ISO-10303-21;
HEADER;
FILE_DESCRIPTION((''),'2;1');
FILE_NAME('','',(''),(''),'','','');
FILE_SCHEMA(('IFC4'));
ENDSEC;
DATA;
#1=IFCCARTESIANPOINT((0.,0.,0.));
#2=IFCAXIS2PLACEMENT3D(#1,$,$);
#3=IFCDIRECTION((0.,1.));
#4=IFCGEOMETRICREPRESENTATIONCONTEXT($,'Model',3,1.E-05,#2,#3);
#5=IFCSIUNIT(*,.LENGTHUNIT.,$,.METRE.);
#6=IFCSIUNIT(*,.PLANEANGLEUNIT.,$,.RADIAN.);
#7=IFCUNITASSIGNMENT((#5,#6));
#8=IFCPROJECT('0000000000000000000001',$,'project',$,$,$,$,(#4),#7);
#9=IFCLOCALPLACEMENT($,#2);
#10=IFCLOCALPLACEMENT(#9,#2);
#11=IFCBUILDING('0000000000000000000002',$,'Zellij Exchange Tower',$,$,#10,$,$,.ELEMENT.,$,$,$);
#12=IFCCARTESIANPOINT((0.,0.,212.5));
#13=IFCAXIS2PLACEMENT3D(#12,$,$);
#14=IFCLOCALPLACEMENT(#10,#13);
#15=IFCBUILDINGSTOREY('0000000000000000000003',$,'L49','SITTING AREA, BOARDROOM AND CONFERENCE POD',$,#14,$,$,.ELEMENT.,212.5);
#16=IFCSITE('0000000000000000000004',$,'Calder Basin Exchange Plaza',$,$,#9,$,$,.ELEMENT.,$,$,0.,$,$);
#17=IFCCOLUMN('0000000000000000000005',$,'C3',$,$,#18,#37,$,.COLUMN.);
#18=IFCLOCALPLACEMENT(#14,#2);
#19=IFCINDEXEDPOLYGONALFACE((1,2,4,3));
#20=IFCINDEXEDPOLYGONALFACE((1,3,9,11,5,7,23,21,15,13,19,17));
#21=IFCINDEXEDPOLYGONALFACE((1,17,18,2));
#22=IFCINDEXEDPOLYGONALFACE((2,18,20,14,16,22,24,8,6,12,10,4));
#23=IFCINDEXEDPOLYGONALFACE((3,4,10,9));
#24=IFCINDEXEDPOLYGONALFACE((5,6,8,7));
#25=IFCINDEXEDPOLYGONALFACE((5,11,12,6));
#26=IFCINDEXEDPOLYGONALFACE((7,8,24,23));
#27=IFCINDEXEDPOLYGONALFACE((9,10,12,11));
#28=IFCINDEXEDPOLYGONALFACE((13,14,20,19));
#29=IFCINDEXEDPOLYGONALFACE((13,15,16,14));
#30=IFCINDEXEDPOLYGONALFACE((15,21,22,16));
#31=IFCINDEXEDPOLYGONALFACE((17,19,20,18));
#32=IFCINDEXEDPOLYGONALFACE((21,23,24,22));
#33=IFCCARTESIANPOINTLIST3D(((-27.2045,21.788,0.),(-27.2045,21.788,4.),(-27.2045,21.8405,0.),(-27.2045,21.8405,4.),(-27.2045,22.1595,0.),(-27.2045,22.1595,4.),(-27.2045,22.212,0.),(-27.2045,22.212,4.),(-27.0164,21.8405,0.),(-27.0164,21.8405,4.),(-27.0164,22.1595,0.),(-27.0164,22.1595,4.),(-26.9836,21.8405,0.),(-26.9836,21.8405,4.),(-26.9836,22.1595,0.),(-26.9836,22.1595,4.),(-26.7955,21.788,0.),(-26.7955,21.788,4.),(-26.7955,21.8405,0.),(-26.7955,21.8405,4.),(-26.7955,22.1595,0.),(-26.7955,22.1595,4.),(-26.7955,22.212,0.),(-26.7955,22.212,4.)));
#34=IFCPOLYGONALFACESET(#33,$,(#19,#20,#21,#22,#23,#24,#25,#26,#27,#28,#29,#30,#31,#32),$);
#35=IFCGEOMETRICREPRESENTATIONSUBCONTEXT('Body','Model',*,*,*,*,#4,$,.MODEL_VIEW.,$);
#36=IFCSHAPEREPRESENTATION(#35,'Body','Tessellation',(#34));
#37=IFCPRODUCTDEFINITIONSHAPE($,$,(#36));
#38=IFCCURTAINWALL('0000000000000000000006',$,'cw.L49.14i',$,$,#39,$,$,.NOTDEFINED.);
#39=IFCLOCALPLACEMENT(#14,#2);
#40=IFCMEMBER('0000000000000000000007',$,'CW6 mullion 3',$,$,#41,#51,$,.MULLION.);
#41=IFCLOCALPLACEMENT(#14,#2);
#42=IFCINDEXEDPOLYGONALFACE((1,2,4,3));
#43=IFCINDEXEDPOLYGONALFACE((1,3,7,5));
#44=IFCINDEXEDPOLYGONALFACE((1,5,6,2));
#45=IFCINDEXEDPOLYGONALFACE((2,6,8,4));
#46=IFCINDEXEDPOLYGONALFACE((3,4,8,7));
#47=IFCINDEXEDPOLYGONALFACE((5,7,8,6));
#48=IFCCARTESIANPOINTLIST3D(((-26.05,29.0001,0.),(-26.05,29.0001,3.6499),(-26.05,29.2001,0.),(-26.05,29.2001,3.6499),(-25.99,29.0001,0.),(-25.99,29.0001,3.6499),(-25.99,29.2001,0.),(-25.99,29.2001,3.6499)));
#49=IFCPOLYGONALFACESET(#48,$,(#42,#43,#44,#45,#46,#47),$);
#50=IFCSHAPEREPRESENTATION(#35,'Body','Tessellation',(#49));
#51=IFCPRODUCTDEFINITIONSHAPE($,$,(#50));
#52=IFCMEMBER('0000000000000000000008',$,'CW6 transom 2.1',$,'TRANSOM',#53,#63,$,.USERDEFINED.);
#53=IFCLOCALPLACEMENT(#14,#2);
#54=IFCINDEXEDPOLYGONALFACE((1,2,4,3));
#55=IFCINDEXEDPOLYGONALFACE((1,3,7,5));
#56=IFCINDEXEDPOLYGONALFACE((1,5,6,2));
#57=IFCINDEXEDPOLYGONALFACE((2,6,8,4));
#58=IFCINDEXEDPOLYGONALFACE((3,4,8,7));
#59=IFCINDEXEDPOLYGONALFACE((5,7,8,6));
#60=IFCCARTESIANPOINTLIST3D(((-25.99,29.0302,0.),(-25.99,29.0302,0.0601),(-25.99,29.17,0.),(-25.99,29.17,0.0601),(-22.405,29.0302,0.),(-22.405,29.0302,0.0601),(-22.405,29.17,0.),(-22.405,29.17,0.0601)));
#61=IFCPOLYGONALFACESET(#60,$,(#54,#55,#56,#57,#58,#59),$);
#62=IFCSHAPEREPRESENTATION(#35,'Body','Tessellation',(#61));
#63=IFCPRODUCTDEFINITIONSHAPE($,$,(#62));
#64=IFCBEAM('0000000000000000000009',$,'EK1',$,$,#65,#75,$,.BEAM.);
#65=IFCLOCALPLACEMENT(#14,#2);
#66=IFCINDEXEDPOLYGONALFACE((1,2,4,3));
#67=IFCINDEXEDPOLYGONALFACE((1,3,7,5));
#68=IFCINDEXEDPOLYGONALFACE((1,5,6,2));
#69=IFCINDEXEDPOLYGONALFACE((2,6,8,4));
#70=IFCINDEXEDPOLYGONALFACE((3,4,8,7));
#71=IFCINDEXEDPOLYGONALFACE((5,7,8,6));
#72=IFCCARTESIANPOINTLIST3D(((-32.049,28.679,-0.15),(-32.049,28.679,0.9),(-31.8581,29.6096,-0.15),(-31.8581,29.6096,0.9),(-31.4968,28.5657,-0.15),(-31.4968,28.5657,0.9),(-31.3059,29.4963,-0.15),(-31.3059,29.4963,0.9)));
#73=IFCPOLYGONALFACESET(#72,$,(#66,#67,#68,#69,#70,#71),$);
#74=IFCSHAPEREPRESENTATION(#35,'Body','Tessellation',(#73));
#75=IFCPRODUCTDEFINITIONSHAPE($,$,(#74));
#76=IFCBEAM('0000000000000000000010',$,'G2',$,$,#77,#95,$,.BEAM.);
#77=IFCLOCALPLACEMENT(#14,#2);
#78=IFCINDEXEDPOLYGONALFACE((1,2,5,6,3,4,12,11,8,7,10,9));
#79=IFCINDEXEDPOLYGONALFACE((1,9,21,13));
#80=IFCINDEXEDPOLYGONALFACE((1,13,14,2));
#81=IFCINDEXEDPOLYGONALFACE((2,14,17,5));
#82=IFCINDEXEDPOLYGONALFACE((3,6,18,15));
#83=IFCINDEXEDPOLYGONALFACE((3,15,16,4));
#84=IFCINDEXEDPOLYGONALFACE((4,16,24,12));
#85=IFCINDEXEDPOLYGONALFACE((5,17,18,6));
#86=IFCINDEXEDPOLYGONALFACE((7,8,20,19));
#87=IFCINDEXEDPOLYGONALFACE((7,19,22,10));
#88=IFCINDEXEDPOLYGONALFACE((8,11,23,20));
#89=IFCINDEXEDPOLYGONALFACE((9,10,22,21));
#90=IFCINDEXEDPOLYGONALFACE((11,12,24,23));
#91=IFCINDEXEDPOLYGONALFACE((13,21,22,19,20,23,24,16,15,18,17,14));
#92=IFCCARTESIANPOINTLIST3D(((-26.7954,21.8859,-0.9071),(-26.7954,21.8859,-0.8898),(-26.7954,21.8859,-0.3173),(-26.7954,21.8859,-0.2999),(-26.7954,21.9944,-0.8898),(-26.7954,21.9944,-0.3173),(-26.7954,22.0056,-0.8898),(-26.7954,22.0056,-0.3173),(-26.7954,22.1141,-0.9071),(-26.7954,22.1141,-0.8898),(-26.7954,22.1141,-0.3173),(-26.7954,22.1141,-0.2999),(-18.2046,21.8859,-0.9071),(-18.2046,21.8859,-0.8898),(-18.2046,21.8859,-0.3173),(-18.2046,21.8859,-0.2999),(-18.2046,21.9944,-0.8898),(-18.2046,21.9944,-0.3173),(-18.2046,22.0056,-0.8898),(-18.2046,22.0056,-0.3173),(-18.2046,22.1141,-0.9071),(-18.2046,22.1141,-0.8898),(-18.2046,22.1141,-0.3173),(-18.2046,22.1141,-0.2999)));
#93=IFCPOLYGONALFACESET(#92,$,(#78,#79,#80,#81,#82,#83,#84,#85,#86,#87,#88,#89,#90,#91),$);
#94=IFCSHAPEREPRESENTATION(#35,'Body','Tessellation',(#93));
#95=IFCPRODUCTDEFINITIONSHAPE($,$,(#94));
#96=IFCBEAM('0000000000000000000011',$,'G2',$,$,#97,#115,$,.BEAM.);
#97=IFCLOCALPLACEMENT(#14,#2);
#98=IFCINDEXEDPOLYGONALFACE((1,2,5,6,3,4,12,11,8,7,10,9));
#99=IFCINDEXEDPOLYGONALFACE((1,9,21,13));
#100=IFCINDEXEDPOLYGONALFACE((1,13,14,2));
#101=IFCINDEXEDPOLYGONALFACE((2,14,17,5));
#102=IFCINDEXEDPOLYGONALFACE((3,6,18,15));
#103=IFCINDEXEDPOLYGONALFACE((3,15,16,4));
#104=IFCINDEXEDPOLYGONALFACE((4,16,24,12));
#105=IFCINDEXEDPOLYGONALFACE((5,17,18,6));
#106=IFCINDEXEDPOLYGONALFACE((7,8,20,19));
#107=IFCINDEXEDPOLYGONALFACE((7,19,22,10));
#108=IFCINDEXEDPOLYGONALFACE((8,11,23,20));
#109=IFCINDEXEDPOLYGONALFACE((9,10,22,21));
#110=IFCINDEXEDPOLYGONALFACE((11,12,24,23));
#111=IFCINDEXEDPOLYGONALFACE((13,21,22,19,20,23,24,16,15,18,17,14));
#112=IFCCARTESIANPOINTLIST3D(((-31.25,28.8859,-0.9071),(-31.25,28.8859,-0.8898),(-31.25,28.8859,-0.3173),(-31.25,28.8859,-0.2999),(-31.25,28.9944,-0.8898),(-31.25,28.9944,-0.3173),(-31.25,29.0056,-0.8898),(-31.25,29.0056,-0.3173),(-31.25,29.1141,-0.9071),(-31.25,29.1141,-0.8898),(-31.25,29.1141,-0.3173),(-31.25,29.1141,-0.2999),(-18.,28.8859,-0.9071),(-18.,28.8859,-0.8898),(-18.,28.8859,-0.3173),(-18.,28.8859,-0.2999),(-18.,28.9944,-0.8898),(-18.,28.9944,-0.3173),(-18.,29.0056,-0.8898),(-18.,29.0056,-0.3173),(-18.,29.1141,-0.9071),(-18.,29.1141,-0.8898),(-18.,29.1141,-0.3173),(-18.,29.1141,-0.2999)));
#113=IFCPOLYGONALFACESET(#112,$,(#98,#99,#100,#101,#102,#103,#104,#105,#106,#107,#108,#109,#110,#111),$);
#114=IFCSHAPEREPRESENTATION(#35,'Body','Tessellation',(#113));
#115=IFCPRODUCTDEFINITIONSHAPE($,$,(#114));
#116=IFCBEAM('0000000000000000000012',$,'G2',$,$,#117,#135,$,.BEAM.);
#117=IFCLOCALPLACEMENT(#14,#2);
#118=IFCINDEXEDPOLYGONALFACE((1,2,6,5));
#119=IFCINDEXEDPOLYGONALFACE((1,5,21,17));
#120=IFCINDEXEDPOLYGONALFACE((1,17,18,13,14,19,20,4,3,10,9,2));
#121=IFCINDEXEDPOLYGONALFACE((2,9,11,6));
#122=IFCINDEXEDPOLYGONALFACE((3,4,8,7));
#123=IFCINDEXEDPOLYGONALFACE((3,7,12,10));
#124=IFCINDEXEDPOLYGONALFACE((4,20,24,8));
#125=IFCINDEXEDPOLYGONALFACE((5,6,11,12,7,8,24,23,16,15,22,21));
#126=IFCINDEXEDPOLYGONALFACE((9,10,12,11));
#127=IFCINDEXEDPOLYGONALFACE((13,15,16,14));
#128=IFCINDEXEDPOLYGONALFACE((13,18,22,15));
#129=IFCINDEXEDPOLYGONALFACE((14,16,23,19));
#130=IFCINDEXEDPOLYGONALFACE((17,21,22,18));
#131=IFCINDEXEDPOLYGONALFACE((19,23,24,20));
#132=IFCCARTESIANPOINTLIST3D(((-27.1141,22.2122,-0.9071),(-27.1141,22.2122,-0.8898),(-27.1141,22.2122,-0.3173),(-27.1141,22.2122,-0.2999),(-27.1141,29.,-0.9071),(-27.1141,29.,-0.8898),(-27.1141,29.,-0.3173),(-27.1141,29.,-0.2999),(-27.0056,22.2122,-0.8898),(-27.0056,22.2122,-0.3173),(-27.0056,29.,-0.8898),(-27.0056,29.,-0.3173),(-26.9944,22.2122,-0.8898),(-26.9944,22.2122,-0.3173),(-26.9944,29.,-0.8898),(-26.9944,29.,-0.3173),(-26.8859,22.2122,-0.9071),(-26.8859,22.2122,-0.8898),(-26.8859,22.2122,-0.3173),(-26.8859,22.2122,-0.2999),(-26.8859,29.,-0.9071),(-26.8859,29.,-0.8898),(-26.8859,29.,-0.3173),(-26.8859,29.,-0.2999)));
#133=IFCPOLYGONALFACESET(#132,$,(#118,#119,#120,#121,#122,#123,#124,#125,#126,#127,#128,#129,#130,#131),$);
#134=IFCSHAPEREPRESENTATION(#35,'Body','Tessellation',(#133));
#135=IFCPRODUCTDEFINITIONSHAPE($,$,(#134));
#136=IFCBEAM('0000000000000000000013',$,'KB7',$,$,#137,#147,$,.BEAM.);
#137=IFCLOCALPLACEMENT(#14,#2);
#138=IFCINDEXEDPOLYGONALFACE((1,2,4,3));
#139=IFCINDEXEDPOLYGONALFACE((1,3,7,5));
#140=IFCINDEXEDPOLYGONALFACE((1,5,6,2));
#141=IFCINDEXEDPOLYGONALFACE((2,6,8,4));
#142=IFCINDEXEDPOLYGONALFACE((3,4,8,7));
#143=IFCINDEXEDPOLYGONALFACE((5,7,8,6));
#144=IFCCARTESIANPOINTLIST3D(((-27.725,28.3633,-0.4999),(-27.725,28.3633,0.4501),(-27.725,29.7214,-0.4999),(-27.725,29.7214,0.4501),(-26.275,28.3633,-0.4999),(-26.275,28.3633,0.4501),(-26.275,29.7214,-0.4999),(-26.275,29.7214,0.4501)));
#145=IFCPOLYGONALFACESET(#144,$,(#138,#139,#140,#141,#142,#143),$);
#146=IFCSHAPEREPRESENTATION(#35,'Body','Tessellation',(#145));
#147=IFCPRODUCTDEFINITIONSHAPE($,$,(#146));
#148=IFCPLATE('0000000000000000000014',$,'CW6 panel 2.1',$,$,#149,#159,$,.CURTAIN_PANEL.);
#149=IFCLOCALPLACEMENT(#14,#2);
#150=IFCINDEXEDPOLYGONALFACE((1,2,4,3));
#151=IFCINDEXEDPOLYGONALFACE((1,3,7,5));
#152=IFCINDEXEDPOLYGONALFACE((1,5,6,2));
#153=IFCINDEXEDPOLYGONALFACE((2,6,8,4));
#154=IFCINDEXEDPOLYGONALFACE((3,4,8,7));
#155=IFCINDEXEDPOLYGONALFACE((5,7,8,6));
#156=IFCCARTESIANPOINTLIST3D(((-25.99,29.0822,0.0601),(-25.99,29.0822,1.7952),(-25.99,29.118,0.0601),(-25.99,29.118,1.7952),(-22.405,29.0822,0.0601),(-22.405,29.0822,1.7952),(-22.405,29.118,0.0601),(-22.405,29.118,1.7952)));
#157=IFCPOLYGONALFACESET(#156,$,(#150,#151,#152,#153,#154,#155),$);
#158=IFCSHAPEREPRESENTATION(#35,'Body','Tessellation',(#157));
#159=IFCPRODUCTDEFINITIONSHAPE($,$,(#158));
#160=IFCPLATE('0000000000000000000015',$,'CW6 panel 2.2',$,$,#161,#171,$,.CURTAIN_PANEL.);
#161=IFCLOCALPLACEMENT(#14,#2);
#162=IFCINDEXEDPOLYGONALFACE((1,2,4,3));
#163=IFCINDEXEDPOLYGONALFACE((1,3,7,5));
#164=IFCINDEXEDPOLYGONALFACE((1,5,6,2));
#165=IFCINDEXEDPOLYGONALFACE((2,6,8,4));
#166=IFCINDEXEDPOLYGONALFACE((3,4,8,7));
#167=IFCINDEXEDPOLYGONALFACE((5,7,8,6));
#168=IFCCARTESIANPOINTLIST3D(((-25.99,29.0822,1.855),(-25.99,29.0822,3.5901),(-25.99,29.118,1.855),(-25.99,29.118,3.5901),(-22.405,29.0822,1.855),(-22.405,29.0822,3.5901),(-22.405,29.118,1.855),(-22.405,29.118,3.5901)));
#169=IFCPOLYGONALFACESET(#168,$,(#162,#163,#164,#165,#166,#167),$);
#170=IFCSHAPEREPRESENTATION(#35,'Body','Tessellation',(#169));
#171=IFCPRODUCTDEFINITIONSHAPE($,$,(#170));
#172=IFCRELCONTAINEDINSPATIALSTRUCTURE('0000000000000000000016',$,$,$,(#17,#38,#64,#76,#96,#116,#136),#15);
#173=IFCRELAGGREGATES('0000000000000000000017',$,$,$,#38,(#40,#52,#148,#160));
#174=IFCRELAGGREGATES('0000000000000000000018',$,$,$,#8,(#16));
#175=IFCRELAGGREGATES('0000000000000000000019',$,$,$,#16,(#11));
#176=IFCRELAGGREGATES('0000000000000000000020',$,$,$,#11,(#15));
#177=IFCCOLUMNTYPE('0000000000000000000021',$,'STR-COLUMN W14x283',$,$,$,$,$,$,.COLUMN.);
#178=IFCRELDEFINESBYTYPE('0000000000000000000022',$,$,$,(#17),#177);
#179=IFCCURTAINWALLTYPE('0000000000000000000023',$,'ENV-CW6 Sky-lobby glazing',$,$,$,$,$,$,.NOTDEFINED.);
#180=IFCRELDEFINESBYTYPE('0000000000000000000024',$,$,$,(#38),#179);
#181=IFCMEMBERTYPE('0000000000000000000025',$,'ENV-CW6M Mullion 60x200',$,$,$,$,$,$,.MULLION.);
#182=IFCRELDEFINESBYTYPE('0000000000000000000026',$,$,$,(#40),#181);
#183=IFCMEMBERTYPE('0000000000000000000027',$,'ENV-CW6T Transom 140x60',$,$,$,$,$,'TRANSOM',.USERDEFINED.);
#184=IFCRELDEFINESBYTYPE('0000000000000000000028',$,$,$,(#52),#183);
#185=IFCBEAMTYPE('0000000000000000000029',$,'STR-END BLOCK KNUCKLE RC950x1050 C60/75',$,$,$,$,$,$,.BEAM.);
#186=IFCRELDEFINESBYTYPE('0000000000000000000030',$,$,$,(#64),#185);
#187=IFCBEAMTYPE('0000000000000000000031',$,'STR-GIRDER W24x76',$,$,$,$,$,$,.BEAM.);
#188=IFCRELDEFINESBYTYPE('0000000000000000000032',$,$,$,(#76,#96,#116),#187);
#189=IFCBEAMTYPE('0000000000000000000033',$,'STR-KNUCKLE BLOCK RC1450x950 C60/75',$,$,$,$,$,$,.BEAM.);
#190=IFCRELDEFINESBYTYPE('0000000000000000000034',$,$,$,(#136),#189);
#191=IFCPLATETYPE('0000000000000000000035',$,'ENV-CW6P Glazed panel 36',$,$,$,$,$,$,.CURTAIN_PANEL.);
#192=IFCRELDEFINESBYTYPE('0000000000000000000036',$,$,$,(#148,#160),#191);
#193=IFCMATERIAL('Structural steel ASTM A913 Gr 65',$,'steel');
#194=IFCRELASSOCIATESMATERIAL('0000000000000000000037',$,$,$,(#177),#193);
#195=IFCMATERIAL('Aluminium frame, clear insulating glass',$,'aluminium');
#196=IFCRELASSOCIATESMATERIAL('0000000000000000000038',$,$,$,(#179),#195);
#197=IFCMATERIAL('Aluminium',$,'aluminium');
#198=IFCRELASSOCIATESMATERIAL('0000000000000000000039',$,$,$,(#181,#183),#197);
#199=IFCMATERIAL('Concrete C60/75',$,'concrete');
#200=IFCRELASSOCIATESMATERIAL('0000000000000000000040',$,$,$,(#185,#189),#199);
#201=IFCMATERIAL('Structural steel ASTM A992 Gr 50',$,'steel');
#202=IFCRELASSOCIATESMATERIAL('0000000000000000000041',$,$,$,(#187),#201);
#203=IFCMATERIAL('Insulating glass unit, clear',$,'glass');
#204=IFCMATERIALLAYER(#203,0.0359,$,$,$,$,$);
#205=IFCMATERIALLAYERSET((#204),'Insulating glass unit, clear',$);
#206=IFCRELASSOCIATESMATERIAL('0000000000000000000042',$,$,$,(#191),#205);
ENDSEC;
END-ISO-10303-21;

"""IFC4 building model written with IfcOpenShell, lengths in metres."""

from ifc_helpers import new_model, si_unit, direction, frame, origin, origin_2d, place, context, subcontext, project, spatial, rectangle, i_section, extrude, material, layer, layer_set, material_profile, profile_set, type_object, element, aggregate, save


model = new_model("IFC4")

# Units and contexts
model_context = context("Model", 3, precision=1e-05, world=origin(), true_north=direction((0.0, 1.0)))
body_context = subcontext(model_context, "Body", "Model", "MODEL_VIEW")
ifc_project = project(units=[si_unit("LENGTHUNIT", "METRE"), si_unit("PLANEANGLEUNIT", "RADIAN")], contexts=[model_context])

# Site, building, storey
site_placement = place(None, origin())
site = spatial("IfcSite", under=ifc_project, at=site_placement, Name="Calder Basin Exchange Plaza", CompositionType="ELEMENT", RefElevation=0.0)
building_placement = place(site_placement, origin())
building = spatial("IfcBuilding", under=site, at=building_placement, Name="Zellij Exchange Tower", CompositionType="ELEMENT")
storey_placement = place(building_placement, frame((0.0, 0.0, 212.5)))
storey = spatial("IfcBuildingStorey", under=building, at=storey_placement, Name="L49", Description="SITTING AREA, BOARDROOM AND CONFERENCE POD", CompositionType="ELEMENT", Elevation=212.5)

# Column
ifc_material_1 = material(Name="Structural steel ASTM A913 Gr 65", Category="steel")
ifc_material_profile_1 = material_profile(ifc_material_1, i_section(OverallWidth=0.4089, OverallDepth=0.4241, WebThickness=0.0327, FlangeThickness=0.0525, at=origin_2d()), Name="W14x283")
ifc_profile_set_1 = profile_set([ifc_material_profile_1], Name="Structural steel ASTM A913 Gr 65")
column_type_1 = type_object("IfcColumnType", Name="STR-COLUMN W14x283", PredefinedType="COLUMN", material=ifc_profile_set_1)
column_1_placement = place(storey_placement, frame((-27.0, 22.0, 0.0), z_axis=(0.0, 0.0, 1.0), x_axis=(1.0, 0.0, 0.0)))
element("IfcColumn", 1, at=column_1_placement, inside=storey, type_object=column_type_1, Name="C3", PredefinedType="COLUMN", context=body_context, shape_type="SweptSolid", body=[
    extrude(i_section(OverallWidth=0.4089, OverallDepth=0.4241, WebThickness=0.0327, FlangeThickness=0.0525, at=origin_2d()), origin(), (0.0, 0.0, 1.0), 4.0),
])
ifc_material_2 = material(Name="Concrete C60/75", Category="concrete")

# Curtain wall, members
ifc_material_3 = material(Name="Aluminium frame, clear insulating glass", Category="aluminium")
curtain_wall_type = type_object("IfcCurtainWallType", Name="ENV-CW6 Sky-lobby glazing", PredefinedType="NOTDEFINED", material=ifc_material_3)
curtain_wall_placement = place(storey_placement, origin())
curtain_wall = element("IfcCurtainWall", 2, at=curtain_wall_placement, inside=storey, type_object=curtain_wall_type, Name="cw.L49.14i", PredefinedType="NOTDEFINED")
ifc_material_4 = material(Name="Aluminium", Category="aluminium")
ifc_material_profile_2 = material_profile(ifc_material_4, rectangle(XDim=0.0601, YDim=0.2, at=origin_2d()), Name="AL 60x200")
ifc_profile_set_2 = profile_set([ifc_material_profile_2], Name="Aluminium")
member_type_1 = type_object("IfcMemberType", Name="ENV-CW6M Mullion 60x200", PredefinedType="MULLION", material=ifc_profile_set_2)
member_1_placement = place(storey_placement, frame((-26.02, 29.1001, 0.0), z_axis=(0.0, 0.0, 1.0), x_axis=(-1.0, 0.0, 0.0)))
member_1 = element("IfcMember", 3, at=member_1_placement, type_object=member_type_1, Name="CW6 mullion 3", PredefinedType="MULLION", context=body_context, shape_type="SweptSolid", body=[
    extrude(rectangle(XDim=0.0601, YDim=0.2, at=origin_2d()), origin(), (0.0, 0.0, 1.0), 3.6499),
])
ifc_material_profile_3 = material_profile(ifc_material_4, rectangle(XDim=0.1399, YDim=0.0601, at=origin_2d()), Name="AL 140x60")
ifc_profile_set_3 = profile_set([ifc_material_profile_3], Name="Aluminium")
member_type_2 = type_object("IfcMemberType", Name="ENV-CW6T Transom 140x60", ElementType="TRANSOM", PredefinedType="USERDEFINED", material=ifc_profile_set_3)
member_2_placement = place(storey_placement, frame((-22.405, 29.1001, 0.03), z_axis=(-1.0, 0.0, 0.0), x_axis=(0.0, -1.0, 0.0)))
member_2 = element("IfcMember", 4, at=member_2_placement, type_object=member_type_2, Name="CW6 transom 2.1", ObjectType="TRANSOM", PredefinedType="USERDEFINED", context=body_context, shape_type="SweptSolid", body=[
    extrude(rectangle(XDim=0.1399, YDim=0.0601, at=origin_2d()), origin(), (0.0, 0.0, 1.0), 3.585),
])

# Beams
ifc_material_profile_4 = material_profile(ifc_material_2, rectangle(XDim=0.95, YDim=1.05, at=origin_2d()), Name="STR-END BLOCK KNUCKLE RC950x1050 C60/75")
ifc_profile_set_4 = profile_set([ifc_material_profile_4], Name="Concrete C60/75")
beam_type_1 = type_object("IfcBeamType", Name="STR-END BLOCK KNUCKLE RC950x1050 C60/75", PredefinedType="BEAM", material=ifc_profile_set_4)
beam_1_placement = place(storey_placement, frame((-31.4014, 29.031, 0.375), z_axis=(-0.979603, 0.200944, 0.0), x_axis=(-0.200944, -0.979603, 0.0)))
element("IfcBeam", 5, at=beam_1_placement, inside=storey, type_object=beam_type_1, Name="EK1", PredefinedType="BEAM", context=body_context, shape_type="SweptSolid", body=[
    extrude(rectangle(XDim=0.95, YDim=1.05, at=origin_2d()), origin(), (0.0, 0.0, 1.0), 0.5637),
])
ifc_material_5 = material(Name="Structural steel ASTM A992 Gr 50", Category="steel")
ifc_material_profile_5 = material_profile(ifc_material_5, i_section(OverallWidth=0.2283, OverallDepth=0.6072, WebThickness=0.0112, FlangeThickness=0.0173, at=origin_2d()), Name="W24x76")
ifc_profile_set_5 = profile_set([ifc_material_profile_5], Name="Structural steel ASTM A992 Gr 50")
beam_type_2 = type_object("IfcBeamType", Name="STR-GIRDER W24x76", PredefinedType="BEAM", material=ifc_profile_set_5)
beam_2_placement = place(storey_placement, frame((-26.7954, 22.0, -0.6035), z_axis=(1.0, 0.0, 0.0), x_axis=(0.0, 1.0, 0.0)))
element("IfcBeam", 6, at=beam_2_placement, inside=storey, type_object=beam_type_2, Name="G2", PredefinedType="BEAM", context=body_context, shape_type="SweptSolid", body=[
    extrude(i_section(OverallWidth=0.2283, OverallDepth=0.6072, WebThickness=0.0112, FlangeThickness=0.0173, at=origin_2d()), origin(), (0.0, 0.0, 1.0), 8.5908),
])
beam_3_placement = place(storey_placement, frame((-31.25, 29.0, -0.6035), z_axis=(1.0, 0.0, 0.0), x_axis=(0.0, 1.0, 0.0)))
element("IfcBeam", 7, at=beam_3_placement, inside=storey, type_object=beam_type_2, Name="G2", PredefinedType="BEAM", context=body_context, shape_type="SweptSolid", body=[
    extrude(i_section(OverallWidth=0.2283, OverallDepth=0.6072, WebThickness=0.0112, FlangeThickness=0.0173, at=origin_2d()), origin(), (0.0, 0.0, 1.0), 13.25),
])
beam_4_placement = place(storey_placement, frame((-27.0, 22.2122, -0.6035), z_axis=(0.0, 1.0, 0.0), x_axis=(-1.0, 0.0, 0.0)))
element("IfcBeam", 8, at=beam_4_placement, inside=storey, type_object=beam_type_2, Name="G2", PredefinedType="BEAM", context=body_context, shape_type="SweptSolid", body=[
    extrude(i_section(OverallWidth=0.2283, OverallDepth=0.6072, WebThickness=0.0112, FlangeThickness=0.0173, at=origin_2d()), origin(), (0.0, 0.0, 1.0), 6.7878),
])
ifc_material_profile_6 = material_profile(ifc_material_2, rectangle(XDim=1.45, YDim=0.95, at=origin_2d()), Name="STR-KNUCKLE BLOCK RC1450x950 C60/75")
ifc_profile_set_6 = profile_set([ifc_material_profile_6], Name="Concrete C60/75")
beam_type_3 = type_object("IfcBeamType", Name="STR-KNUCKLE BLOCK RC1450x950 C60/75", PredefinedType="BEAM", material=ifc_profile_set_6)
beam_5_placement = place(storey_placement, frame((-27.0, 28.3633, -0.0249), z_axis=(0.0, 1.0, 0.0), x_axis=(-1.0, 0.0, 0.0)))
element("IfcBeam", 9, at=beam_5_placement, inside=storey, type_object=beam_type_3, Name="KB7", PredefinedType="BEAM", context=body_context, shape_type="SweptSolid", body=[
    extrude(rectangle(XDim=1.45, YDim=0.95, at=origin_2d()), origin(), (0.0, 0.0, 1.0), 1.3582),
])

# Plates
ifc_material_6 = material(Name="Insulating glass unit, clear", Category="glass")
ifc_layer_1 = layer(ifc_material_6, 0.0359)
ifc_layer_set_1 = layer_set([ifc_layer_1], Name="Insulating glass unit, clear")
plate_type = type_object("IfcPlateType", Name="ENV-CW6P Glazed panel 36", PredefinedType="CURTAIN_PANEL", material=ifc_layer_set_1)
plate_1_placement = place(storey_placement, frame((-24.1975, 29.1001, 0.0601), z_axis=(0.0, 0.0, 1.0), x_axis=(-1.0, 0.0, 0.0)))
plate_1 = element("IfcPlate", 10, at=plate_1_placement, type_object=plate_type, Name="CW6 panel 2.1", PredefinedType="CURTAIN_PANEL", context=body_context, shape_type="SweptSolid", body=[
    extrude(rectangle(XDim=3.585, YDim=0.0359, at=origin_2d()), origin(), (0.0, 0.0, 1.0), 1.7351),
])
plate_2_placement = place(storey_placement, frame((-24.1975, 29.1001, 1.855), z_axis=(0.0, 0.0, 1.0), x_axis=(-1.0, 0.0, 0.0)))
plate_2 = element("IfcPlate", 11, at=plate_2_placement, type_object=plate_type, Name="CW6 panel 2.2", PredefinedType="CURTAIN_PANEL", context=body_context, shape_type="SweptSolid", body=[
    extrude(rectangle(XDim=3.585, YDim=0.0359, at=origin_2d()), origin(), (0.0, 0.0, 1.0), 1.7351),
])
aggregate(curtain_wall, [member_1, member_2, plate_1, plate_2])

save(model, "model.ifc")
